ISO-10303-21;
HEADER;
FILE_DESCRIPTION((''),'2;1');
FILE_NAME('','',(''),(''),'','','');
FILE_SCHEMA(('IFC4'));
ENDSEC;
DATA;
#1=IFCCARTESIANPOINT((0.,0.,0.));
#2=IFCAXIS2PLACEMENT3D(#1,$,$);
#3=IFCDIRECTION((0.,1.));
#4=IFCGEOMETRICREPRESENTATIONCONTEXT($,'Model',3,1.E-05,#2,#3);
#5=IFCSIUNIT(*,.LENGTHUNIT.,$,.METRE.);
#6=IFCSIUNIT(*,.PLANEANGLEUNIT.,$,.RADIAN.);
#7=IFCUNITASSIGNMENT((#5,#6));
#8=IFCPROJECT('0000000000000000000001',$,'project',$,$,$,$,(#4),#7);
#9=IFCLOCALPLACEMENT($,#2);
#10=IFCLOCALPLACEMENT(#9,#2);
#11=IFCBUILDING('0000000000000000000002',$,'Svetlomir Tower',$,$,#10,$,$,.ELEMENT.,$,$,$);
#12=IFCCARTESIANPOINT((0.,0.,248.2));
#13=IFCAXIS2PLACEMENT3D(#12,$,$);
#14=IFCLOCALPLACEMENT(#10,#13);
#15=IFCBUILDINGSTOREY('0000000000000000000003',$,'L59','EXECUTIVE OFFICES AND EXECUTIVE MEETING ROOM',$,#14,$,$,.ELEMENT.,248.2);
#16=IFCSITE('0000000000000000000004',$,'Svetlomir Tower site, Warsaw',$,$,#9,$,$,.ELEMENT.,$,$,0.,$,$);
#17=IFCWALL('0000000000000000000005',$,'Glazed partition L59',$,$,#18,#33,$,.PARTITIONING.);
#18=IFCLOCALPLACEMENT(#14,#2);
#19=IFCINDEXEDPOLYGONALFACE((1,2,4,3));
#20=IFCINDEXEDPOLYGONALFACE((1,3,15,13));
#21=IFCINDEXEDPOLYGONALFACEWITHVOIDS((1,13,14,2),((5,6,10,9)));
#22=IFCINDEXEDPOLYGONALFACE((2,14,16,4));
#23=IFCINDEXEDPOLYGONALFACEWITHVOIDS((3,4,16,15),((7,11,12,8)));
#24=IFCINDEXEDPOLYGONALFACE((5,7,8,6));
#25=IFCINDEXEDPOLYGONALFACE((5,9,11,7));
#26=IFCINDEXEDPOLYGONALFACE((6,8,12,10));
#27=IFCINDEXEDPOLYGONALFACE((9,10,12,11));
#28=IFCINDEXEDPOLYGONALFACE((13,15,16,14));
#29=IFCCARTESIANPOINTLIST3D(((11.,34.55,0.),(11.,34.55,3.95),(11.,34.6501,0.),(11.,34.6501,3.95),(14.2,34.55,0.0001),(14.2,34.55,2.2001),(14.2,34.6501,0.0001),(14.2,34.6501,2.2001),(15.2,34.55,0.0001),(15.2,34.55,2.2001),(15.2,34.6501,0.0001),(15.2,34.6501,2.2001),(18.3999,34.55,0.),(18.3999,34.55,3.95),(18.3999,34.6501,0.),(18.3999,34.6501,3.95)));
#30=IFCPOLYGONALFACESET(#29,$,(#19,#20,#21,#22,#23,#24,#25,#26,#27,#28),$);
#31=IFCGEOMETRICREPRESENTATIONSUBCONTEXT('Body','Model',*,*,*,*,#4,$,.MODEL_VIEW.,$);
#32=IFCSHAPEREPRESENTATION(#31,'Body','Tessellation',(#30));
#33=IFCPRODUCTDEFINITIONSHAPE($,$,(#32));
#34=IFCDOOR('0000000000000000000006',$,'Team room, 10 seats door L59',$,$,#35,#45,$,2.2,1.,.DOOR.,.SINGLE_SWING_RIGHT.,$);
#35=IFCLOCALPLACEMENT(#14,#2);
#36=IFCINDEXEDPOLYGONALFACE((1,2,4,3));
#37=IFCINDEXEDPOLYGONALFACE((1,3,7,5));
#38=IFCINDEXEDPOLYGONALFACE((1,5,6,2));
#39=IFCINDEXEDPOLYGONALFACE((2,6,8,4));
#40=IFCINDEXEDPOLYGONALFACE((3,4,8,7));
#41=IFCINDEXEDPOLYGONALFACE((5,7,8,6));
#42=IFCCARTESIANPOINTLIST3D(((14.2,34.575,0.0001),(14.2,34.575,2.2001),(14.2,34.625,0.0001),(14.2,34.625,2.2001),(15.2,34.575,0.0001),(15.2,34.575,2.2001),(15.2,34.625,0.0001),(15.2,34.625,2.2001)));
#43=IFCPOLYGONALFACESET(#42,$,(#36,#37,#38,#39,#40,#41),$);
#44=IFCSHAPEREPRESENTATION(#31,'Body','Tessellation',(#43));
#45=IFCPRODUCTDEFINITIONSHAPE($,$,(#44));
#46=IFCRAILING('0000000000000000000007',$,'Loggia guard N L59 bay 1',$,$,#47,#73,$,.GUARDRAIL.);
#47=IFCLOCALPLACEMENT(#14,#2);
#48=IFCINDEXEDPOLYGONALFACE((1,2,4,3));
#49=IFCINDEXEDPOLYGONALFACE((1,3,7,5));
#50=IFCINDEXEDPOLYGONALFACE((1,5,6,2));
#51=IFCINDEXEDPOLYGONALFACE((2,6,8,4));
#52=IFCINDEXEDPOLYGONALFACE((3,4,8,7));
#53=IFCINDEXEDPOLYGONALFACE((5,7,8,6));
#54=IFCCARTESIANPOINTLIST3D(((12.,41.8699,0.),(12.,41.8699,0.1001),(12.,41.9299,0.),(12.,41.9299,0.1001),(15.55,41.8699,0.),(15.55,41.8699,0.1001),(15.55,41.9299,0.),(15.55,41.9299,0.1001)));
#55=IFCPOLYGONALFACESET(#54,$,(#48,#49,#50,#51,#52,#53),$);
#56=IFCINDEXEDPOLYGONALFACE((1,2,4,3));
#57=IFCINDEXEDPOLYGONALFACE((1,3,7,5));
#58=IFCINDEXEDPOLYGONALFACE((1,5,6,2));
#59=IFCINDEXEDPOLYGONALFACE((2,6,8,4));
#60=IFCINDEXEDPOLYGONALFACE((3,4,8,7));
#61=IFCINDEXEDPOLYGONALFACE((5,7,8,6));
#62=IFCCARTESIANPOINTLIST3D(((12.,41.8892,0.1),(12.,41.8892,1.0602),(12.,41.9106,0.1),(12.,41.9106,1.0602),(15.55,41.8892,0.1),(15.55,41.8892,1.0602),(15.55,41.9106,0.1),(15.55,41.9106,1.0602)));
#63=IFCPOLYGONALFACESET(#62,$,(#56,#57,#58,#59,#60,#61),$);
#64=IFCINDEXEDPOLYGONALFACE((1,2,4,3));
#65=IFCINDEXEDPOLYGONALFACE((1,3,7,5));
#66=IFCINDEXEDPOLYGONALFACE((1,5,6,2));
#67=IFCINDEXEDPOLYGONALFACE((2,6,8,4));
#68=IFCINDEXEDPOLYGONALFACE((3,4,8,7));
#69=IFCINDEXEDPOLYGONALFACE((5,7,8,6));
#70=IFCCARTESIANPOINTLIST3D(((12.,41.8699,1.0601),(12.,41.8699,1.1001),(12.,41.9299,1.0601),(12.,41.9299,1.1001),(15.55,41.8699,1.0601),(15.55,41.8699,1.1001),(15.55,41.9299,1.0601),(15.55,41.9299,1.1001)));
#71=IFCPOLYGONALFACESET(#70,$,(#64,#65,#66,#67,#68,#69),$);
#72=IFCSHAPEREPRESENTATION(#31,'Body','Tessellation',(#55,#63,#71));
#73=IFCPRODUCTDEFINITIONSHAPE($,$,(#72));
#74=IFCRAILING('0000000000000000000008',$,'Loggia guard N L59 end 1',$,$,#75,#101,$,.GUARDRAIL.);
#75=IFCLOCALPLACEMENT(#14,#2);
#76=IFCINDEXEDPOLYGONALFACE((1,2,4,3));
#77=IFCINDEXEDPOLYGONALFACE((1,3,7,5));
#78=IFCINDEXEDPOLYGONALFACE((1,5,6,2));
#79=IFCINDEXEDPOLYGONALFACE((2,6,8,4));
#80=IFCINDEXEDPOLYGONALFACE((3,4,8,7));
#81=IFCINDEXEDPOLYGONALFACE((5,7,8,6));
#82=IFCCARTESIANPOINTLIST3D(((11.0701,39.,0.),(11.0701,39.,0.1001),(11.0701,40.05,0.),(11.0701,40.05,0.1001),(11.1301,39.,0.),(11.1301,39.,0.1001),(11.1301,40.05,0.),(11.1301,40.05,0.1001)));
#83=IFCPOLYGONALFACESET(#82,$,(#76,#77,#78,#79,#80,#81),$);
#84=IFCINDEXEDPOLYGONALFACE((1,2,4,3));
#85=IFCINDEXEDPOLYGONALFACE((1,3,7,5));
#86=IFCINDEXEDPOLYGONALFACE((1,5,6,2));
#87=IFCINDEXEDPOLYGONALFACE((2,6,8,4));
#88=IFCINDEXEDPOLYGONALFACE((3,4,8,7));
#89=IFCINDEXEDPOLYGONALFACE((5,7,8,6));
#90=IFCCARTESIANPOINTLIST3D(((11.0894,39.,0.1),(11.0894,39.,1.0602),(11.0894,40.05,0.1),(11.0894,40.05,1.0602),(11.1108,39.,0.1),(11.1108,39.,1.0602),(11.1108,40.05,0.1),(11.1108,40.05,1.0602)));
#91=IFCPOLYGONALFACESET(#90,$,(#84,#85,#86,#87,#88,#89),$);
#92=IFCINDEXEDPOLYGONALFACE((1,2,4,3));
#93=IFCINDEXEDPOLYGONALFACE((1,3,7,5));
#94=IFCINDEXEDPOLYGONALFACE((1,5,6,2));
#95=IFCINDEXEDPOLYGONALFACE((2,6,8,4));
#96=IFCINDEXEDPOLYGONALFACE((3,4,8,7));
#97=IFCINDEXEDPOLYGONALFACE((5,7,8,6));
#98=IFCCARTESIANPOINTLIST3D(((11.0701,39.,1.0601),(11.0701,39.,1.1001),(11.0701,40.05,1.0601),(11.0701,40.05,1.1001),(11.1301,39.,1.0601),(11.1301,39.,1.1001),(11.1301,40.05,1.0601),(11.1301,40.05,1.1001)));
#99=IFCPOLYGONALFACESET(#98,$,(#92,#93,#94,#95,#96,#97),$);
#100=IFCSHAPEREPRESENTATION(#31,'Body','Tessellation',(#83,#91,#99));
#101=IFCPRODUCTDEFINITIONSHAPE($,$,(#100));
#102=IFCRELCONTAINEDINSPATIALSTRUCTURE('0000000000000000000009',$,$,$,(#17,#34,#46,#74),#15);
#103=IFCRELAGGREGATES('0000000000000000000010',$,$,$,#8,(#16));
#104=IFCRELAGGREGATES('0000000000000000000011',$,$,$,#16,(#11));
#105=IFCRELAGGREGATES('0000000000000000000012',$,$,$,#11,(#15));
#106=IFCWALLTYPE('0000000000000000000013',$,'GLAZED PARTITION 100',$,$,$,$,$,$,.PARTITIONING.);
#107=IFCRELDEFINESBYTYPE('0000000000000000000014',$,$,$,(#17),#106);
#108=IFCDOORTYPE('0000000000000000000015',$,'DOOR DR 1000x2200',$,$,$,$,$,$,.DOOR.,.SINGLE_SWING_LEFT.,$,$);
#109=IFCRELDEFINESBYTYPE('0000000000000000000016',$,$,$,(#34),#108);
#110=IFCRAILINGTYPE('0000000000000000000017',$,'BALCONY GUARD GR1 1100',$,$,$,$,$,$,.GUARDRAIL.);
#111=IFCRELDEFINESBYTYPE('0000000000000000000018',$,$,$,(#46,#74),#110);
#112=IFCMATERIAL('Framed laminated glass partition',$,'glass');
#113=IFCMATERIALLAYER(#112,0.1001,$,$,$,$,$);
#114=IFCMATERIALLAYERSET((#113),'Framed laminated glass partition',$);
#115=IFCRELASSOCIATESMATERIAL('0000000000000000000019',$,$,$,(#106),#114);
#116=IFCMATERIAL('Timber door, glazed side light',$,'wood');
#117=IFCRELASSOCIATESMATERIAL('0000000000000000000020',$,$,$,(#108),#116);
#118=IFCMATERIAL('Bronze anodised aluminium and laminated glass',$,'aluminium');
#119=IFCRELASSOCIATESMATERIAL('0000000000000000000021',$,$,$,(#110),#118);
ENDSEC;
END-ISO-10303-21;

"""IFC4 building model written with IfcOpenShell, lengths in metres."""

from ifc_helpers import new_model, si_unit, direction, frame, frame_2d, origin, origin_2d, place, context, subcontext, project, spatial, rectangle, extrude, material, layer, layer_set, type_object, element, fill, save


model = new_model("IFC4")

# Units and contexts
model_context = context("Model", 3, precision=1e-05, world=origin(), true_north=direction((0.0, 1.0)))
body_context = subcontext(model_context, "Body", "Model", "MODEL_VIEW")
ifc_project = project(units=[si_unit("LENGTHUNIT", "METRE"), si_unit("PLANEANGLEUNIT", "RADIAN")], contexts=[model_context])

# Site, building, storey
site_placement = place(None, origin())
site = spatial("IfcSite", under=ifc_project, at=site_placement, Name="Svetlomir Tower site, Warsaw", CompositionType="ELEMENT", RefElevation=0.0)
building_placement = place(site_placement, origin())
building = spatial("IfcBuilding", under=site, at=building_placement, Name="Svetlomir Tower", CompositionType="ELEMENT")
storey_placement = place(building_placement, frame((0.0, 0.0, 248.2)))
storey = spatial("IfcBuildingStorey", under=building, at=storey_placement, Name="L59", Description="EXECUTIVE OFFICES AND EXECUTIVE MEETING ROOM", CompositionType="ELEMENT", Elevation=248.2)

# Wall, opening, door
ifc_material_1 = material(Name="Framed laminated glass partition", Category="glass")
ifc_layer_1 = layer(ifc_material_1, 0.1001)
ifc_layer_set_1 = layer_set([ifc_layer_1], Name="Framed laminated glass partition")
wall_type = type_object("IfcWallType", Name="GLAZED PARTITION 100", PredefinedType="PARTITIONING", material=ifc_layer_set_1)
wall_placement = place(storey_placement, frame((11.0, 34.6001, 0.0), z_axis=(0.0, 0.0, 1.0), x_axis=(1.0, 0.0, 0.0)))
wall = element("IfcWall", 1, at=wall_placement, inside=storey, type_object=wall_type, Name="Glazed partition L59", PredefinedType="PARTITIONING", context=body_context, shape_type="SweptSolid", body=[
    extrude(rectangle(XDim=7.3999, YDim=0.1001, at=frame_2d((3.7, 0.0))), origin(), (0.0, 0.0, 1.0), 3.95),
])
opening_placement = place(wall_placement, frame((3.2, 0.0, 0.0)))
opening = element("IfcOpeningElement", 2, at=opening_placement, cuts=wall, PredefinedType="OPENING", context=body_context, shape_type="SweptSolid", body=[
    extrude(rectangle(XDim=1.0, YDim=2.2, at=frame_2d((0.5, 1.1001))), frame((0.0, 0.0601, 0.0), z_axis=(0.0, -1.0, 0.0), x_axis=(1.0, 0.0, 0.0)), (0.0, 0.0, 1.0), 0.1201),
])
ifc_material_2 = material(Name="Timber door, glazed side light", Category="wood")
door_type = type_object("IfcDoorType", Name="DOOR DR 1000x2200", OperationType="SINGLE_SWING_LEFT", PredefinedType="DOOR", material=ifc_material_2)
door_placement = place(opening_placement, origin())
door = element("IfcDoor", 3, at=door_placement, inside=storey, type_object=door_type, Name="Team room, 10 seats door L59", OperationType="SINGLE_SWING_RIGHT", OverallHeight=2.2, OverallWidth=1.0, PredefinedType="DOOR", context=body_context, shape_type="SweptSolid", body=[
    extrude(rectangle(XDim=1.0, YDim=2.2, at=frame_2d((0.5, 1.1001))), frame((0.0, 0.0249, 0.0), z_axis=(0.0, -1.0, 0.0), x_axis=(1.0, 0.0, 0.0)), (0.0, 0.0, 1.0), 0.05),
])
fill(opening, door)

# Railings
ifc_material_3 = material(Name="Bronze anodised aluminium and laminated glass", Category="aluminium")
railing_type = type_object("IfcRailingType", Name="BALCONY GUARD GR1 1100", PredefinedType="GUARDRAIL", material=ifc_material_3)
railing_1_placement = place(storey_placement, frame((12.0, 41.8999, 0.0)))
element("IfcRailing", 4, at=railing_1_placement, inside=storey, type_object=railing_type, Name="Loggia guard N L59 bay 1", PredefinedType="GUARDRAIL", context=body_context, shape_type="SweptSolid", body=[
    extrude(rectangle(XDim=0.0601, YDim=0.1001, at=origin_2d()), frame((0.0, 0.0, 0.05), z_axis=(1.0, 0.0, 0.0), x_axis=(0.0, 1.0, 0.0)), (0.0, 0.0, 1.0), 3.55),
    extrude(rectangle(XDim=0.0215, YDim=0.9602, at=origin_2d()), frame((0.0, 0.0, 0.5801), z_axis=(1.0, 0.0, 0.0), x_axis=(0.0, 1.0, 0.0)), (0.0, 0.0, 1.0), 3.55),
    extrude(rectangle(XDim=0.0601, YDim=0.04, at=origin_2d()), frame((0.0, 0.0, 1.0801), z_axis=(1.0, 0.0, 0.0), x_axis=(0.0, 1.0, 0.0)), (0.0, 0.0, 1.0), 3.55),
])
railing_2_placement = place(storey_placement, frame((11.1001, 40.05, 0.0)))
element("IfcRailing", 5, at=railing_2_placement, inside=storey, type_object=railing_type, Name="Loggia guard N L59 end 1", PredefinedType="GUARDRAIL", context=body_context, shape_type="SweptSolid", body=[
    extrude(rectangle(XDim=0.0601, YDim=0.1001, at=origin_2d()), frame((0.0, 0.0, 0.05), z_axis=(0.0, -1.0, 0.0), x_axis=(1.0, 0.0, 0.0)), (0.0, 0.0, 1.0), 1.05),
    extrude(rectangle(XDim=0.0215, YDim=0.9602, at=origin_2d()), frame((0.0, 0.0, 0.5801), z_axis=(0.0, -1.0, 0.0), x_axis=(1.0, 0.0, 0.0)), (0.0, 0.0, 1.0), 1.05),
    extrude(rectangle(XDim=0.0601, YDim=0.04, at=origin_2d()), frame((0.0, 0.0, 1.0801), z_axis=(0.0, -1.0, 0.0), x_axis=(1.0, 0.0, 0.0)), (0.0, 0.0, 1.0), 1.05),
])

save(model, "model.ifc")
